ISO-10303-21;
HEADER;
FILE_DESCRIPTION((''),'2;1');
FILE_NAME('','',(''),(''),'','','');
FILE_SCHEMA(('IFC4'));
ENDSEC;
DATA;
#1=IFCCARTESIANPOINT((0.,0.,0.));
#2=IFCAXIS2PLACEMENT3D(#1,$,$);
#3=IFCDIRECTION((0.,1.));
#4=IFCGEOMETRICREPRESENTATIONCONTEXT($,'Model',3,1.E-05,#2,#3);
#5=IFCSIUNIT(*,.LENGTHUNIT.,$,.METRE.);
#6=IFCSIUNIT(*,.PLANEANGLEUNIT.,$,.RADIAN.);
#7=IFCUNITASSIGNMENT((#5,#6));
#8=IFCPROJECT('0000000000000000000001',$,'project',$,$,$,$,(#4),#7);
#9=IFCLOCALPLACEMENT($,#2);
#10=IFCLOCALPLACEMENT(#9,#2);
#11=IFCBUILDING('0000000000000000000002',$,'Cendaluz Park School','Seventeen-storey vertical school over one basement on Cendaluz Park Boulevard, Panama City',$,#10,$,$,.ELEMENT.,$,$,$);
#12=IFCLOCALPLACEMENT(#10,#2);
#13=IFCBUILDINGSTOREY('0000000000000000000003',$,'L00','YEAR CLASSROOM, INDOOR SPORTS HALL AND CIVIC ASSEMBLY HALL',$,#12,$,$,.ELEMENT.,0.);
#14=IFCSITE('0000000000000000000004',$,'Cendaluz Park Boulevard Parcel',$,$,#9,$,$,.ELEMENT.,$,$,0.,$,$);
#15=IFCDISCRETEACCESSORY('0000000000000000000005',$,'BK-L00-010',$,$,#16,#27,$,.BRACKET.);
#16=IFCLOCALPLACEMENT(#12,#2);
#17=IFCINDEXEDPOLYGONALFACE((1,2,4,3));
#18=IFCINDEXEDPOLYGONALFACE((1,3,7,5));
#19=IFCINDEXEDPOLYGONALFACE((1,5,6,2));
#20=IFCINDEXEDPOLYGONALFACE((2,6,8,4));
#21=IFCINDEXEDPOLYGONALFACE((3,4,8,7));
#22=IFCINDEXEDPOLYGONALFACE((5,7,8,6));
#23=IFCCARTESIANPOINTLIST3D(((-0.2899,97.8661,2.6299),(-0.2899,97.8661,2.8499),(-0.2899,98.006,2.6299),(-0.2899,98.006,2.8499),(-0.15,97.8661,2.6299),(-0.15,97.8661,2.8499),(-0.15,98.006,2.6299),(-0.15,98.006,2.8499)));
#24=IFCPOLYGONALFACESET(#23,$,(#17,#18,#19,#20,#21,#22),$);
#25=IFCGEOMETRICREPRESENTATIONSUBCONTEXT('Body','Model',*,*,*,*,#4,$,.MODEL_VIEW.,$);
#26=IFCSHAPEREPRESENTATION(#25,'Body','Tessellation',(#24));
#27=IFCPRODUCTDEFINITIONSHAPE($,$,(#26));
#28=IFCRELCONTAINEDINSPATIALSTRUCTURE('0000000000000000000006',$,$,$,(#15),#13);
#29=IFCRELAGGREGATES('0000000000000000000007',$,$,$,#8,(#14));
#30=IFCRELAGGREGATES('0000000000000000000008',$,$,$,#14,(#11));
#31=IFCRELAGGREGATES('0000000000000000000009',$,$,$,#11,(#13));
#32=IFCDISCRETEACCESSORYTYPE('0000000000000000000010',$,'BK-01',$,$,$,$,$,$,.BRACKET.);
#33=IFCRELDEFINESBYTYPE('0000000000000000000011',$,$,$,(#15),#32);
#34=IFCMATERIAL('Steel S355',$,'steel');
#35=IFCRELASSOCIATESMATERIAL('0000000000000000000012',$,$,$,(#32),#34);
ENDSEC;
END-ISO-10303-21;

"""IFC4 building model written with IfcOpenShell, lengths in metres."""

from ifc_helpers import new_model, si_unit, direction, frame, origin, origin_2d, place, context, subcontext, project, spatial, rectangle, extrude, material, type_object, element, save


model = new_model("IFC4")

# Units and contexts
model_context = context("Model", 3, precision=1e-05, world=origin(), true_north=direction((0.0, 1.0)))
body_context = subcontext(model_context, "Body", "Model", "MODEL_VIEW")
ifc_project = project(units=[si_unit("LENGTHUNIT", "METRE"), si_unit("PLANEANGLEUNIT", "RADIAN")], contexts=[model_context])

# Site, building, storey
site_placement = place(None, origin())
site = spatial("IfcSite", under=ifc_project, at=site_placement, Name="Cendaluz Park Boulevard Parcel", CompositionType="ELEMENT", RefElevation=0.0)
building_placement = place(site_placement, origin())
building = spatial("IfcBuilding", under=site, at=building_placement, Name="Cendaluz Park School", Description="Seventeen-storey vertical school over one basement on Cendaluz Park Boulevard, Panama City", CompositionType="ELEMENT")
storey_placement = place(building_placement, origin())
storey = spatial("IfcBuildingStorey", under=building, at=storey_placement, Name="L00", Description="YEAR CLASSROOM, INDOOR SPORTS HALL AND CIVIC ASSEMBLY HALL", CompositionType="ELEMENT", Elevation=0.0)

# Discrete accessory
ifc_material_1 = material(Name="Steel S355", Category="steel")
discrete_accessory_type = type_object("IfcDiscreteAccessoryType", Name="BK-01", PredefinedType="BRACKET", material=ifc_material_1)
for number, where, z_axis, x_axis, name in (
    (1, (-0.22, 97.936, 2.6299), (0.0, 0.0, 1.0), (0.0, 1.0, 0.0), "BK-L00-010"),
):
    element("IfcDiscreteAccessory", number, at=place(storey_placement, frame(where, z_axis=z_axis, x_axis=x_axis)), inside=storey, type_object=discrete_accessory_type, Name=name, PredefinedType="BRACKET", context=body_context, shape_type="SweptSolid", body=[
        extrude(rectangle(XDim=0.1399, YDim=0.1399, at=origin_2d()), origin(), (0.0, 0.0, 1.0), 0.22),
    ])

save(model, "model.ifc")
